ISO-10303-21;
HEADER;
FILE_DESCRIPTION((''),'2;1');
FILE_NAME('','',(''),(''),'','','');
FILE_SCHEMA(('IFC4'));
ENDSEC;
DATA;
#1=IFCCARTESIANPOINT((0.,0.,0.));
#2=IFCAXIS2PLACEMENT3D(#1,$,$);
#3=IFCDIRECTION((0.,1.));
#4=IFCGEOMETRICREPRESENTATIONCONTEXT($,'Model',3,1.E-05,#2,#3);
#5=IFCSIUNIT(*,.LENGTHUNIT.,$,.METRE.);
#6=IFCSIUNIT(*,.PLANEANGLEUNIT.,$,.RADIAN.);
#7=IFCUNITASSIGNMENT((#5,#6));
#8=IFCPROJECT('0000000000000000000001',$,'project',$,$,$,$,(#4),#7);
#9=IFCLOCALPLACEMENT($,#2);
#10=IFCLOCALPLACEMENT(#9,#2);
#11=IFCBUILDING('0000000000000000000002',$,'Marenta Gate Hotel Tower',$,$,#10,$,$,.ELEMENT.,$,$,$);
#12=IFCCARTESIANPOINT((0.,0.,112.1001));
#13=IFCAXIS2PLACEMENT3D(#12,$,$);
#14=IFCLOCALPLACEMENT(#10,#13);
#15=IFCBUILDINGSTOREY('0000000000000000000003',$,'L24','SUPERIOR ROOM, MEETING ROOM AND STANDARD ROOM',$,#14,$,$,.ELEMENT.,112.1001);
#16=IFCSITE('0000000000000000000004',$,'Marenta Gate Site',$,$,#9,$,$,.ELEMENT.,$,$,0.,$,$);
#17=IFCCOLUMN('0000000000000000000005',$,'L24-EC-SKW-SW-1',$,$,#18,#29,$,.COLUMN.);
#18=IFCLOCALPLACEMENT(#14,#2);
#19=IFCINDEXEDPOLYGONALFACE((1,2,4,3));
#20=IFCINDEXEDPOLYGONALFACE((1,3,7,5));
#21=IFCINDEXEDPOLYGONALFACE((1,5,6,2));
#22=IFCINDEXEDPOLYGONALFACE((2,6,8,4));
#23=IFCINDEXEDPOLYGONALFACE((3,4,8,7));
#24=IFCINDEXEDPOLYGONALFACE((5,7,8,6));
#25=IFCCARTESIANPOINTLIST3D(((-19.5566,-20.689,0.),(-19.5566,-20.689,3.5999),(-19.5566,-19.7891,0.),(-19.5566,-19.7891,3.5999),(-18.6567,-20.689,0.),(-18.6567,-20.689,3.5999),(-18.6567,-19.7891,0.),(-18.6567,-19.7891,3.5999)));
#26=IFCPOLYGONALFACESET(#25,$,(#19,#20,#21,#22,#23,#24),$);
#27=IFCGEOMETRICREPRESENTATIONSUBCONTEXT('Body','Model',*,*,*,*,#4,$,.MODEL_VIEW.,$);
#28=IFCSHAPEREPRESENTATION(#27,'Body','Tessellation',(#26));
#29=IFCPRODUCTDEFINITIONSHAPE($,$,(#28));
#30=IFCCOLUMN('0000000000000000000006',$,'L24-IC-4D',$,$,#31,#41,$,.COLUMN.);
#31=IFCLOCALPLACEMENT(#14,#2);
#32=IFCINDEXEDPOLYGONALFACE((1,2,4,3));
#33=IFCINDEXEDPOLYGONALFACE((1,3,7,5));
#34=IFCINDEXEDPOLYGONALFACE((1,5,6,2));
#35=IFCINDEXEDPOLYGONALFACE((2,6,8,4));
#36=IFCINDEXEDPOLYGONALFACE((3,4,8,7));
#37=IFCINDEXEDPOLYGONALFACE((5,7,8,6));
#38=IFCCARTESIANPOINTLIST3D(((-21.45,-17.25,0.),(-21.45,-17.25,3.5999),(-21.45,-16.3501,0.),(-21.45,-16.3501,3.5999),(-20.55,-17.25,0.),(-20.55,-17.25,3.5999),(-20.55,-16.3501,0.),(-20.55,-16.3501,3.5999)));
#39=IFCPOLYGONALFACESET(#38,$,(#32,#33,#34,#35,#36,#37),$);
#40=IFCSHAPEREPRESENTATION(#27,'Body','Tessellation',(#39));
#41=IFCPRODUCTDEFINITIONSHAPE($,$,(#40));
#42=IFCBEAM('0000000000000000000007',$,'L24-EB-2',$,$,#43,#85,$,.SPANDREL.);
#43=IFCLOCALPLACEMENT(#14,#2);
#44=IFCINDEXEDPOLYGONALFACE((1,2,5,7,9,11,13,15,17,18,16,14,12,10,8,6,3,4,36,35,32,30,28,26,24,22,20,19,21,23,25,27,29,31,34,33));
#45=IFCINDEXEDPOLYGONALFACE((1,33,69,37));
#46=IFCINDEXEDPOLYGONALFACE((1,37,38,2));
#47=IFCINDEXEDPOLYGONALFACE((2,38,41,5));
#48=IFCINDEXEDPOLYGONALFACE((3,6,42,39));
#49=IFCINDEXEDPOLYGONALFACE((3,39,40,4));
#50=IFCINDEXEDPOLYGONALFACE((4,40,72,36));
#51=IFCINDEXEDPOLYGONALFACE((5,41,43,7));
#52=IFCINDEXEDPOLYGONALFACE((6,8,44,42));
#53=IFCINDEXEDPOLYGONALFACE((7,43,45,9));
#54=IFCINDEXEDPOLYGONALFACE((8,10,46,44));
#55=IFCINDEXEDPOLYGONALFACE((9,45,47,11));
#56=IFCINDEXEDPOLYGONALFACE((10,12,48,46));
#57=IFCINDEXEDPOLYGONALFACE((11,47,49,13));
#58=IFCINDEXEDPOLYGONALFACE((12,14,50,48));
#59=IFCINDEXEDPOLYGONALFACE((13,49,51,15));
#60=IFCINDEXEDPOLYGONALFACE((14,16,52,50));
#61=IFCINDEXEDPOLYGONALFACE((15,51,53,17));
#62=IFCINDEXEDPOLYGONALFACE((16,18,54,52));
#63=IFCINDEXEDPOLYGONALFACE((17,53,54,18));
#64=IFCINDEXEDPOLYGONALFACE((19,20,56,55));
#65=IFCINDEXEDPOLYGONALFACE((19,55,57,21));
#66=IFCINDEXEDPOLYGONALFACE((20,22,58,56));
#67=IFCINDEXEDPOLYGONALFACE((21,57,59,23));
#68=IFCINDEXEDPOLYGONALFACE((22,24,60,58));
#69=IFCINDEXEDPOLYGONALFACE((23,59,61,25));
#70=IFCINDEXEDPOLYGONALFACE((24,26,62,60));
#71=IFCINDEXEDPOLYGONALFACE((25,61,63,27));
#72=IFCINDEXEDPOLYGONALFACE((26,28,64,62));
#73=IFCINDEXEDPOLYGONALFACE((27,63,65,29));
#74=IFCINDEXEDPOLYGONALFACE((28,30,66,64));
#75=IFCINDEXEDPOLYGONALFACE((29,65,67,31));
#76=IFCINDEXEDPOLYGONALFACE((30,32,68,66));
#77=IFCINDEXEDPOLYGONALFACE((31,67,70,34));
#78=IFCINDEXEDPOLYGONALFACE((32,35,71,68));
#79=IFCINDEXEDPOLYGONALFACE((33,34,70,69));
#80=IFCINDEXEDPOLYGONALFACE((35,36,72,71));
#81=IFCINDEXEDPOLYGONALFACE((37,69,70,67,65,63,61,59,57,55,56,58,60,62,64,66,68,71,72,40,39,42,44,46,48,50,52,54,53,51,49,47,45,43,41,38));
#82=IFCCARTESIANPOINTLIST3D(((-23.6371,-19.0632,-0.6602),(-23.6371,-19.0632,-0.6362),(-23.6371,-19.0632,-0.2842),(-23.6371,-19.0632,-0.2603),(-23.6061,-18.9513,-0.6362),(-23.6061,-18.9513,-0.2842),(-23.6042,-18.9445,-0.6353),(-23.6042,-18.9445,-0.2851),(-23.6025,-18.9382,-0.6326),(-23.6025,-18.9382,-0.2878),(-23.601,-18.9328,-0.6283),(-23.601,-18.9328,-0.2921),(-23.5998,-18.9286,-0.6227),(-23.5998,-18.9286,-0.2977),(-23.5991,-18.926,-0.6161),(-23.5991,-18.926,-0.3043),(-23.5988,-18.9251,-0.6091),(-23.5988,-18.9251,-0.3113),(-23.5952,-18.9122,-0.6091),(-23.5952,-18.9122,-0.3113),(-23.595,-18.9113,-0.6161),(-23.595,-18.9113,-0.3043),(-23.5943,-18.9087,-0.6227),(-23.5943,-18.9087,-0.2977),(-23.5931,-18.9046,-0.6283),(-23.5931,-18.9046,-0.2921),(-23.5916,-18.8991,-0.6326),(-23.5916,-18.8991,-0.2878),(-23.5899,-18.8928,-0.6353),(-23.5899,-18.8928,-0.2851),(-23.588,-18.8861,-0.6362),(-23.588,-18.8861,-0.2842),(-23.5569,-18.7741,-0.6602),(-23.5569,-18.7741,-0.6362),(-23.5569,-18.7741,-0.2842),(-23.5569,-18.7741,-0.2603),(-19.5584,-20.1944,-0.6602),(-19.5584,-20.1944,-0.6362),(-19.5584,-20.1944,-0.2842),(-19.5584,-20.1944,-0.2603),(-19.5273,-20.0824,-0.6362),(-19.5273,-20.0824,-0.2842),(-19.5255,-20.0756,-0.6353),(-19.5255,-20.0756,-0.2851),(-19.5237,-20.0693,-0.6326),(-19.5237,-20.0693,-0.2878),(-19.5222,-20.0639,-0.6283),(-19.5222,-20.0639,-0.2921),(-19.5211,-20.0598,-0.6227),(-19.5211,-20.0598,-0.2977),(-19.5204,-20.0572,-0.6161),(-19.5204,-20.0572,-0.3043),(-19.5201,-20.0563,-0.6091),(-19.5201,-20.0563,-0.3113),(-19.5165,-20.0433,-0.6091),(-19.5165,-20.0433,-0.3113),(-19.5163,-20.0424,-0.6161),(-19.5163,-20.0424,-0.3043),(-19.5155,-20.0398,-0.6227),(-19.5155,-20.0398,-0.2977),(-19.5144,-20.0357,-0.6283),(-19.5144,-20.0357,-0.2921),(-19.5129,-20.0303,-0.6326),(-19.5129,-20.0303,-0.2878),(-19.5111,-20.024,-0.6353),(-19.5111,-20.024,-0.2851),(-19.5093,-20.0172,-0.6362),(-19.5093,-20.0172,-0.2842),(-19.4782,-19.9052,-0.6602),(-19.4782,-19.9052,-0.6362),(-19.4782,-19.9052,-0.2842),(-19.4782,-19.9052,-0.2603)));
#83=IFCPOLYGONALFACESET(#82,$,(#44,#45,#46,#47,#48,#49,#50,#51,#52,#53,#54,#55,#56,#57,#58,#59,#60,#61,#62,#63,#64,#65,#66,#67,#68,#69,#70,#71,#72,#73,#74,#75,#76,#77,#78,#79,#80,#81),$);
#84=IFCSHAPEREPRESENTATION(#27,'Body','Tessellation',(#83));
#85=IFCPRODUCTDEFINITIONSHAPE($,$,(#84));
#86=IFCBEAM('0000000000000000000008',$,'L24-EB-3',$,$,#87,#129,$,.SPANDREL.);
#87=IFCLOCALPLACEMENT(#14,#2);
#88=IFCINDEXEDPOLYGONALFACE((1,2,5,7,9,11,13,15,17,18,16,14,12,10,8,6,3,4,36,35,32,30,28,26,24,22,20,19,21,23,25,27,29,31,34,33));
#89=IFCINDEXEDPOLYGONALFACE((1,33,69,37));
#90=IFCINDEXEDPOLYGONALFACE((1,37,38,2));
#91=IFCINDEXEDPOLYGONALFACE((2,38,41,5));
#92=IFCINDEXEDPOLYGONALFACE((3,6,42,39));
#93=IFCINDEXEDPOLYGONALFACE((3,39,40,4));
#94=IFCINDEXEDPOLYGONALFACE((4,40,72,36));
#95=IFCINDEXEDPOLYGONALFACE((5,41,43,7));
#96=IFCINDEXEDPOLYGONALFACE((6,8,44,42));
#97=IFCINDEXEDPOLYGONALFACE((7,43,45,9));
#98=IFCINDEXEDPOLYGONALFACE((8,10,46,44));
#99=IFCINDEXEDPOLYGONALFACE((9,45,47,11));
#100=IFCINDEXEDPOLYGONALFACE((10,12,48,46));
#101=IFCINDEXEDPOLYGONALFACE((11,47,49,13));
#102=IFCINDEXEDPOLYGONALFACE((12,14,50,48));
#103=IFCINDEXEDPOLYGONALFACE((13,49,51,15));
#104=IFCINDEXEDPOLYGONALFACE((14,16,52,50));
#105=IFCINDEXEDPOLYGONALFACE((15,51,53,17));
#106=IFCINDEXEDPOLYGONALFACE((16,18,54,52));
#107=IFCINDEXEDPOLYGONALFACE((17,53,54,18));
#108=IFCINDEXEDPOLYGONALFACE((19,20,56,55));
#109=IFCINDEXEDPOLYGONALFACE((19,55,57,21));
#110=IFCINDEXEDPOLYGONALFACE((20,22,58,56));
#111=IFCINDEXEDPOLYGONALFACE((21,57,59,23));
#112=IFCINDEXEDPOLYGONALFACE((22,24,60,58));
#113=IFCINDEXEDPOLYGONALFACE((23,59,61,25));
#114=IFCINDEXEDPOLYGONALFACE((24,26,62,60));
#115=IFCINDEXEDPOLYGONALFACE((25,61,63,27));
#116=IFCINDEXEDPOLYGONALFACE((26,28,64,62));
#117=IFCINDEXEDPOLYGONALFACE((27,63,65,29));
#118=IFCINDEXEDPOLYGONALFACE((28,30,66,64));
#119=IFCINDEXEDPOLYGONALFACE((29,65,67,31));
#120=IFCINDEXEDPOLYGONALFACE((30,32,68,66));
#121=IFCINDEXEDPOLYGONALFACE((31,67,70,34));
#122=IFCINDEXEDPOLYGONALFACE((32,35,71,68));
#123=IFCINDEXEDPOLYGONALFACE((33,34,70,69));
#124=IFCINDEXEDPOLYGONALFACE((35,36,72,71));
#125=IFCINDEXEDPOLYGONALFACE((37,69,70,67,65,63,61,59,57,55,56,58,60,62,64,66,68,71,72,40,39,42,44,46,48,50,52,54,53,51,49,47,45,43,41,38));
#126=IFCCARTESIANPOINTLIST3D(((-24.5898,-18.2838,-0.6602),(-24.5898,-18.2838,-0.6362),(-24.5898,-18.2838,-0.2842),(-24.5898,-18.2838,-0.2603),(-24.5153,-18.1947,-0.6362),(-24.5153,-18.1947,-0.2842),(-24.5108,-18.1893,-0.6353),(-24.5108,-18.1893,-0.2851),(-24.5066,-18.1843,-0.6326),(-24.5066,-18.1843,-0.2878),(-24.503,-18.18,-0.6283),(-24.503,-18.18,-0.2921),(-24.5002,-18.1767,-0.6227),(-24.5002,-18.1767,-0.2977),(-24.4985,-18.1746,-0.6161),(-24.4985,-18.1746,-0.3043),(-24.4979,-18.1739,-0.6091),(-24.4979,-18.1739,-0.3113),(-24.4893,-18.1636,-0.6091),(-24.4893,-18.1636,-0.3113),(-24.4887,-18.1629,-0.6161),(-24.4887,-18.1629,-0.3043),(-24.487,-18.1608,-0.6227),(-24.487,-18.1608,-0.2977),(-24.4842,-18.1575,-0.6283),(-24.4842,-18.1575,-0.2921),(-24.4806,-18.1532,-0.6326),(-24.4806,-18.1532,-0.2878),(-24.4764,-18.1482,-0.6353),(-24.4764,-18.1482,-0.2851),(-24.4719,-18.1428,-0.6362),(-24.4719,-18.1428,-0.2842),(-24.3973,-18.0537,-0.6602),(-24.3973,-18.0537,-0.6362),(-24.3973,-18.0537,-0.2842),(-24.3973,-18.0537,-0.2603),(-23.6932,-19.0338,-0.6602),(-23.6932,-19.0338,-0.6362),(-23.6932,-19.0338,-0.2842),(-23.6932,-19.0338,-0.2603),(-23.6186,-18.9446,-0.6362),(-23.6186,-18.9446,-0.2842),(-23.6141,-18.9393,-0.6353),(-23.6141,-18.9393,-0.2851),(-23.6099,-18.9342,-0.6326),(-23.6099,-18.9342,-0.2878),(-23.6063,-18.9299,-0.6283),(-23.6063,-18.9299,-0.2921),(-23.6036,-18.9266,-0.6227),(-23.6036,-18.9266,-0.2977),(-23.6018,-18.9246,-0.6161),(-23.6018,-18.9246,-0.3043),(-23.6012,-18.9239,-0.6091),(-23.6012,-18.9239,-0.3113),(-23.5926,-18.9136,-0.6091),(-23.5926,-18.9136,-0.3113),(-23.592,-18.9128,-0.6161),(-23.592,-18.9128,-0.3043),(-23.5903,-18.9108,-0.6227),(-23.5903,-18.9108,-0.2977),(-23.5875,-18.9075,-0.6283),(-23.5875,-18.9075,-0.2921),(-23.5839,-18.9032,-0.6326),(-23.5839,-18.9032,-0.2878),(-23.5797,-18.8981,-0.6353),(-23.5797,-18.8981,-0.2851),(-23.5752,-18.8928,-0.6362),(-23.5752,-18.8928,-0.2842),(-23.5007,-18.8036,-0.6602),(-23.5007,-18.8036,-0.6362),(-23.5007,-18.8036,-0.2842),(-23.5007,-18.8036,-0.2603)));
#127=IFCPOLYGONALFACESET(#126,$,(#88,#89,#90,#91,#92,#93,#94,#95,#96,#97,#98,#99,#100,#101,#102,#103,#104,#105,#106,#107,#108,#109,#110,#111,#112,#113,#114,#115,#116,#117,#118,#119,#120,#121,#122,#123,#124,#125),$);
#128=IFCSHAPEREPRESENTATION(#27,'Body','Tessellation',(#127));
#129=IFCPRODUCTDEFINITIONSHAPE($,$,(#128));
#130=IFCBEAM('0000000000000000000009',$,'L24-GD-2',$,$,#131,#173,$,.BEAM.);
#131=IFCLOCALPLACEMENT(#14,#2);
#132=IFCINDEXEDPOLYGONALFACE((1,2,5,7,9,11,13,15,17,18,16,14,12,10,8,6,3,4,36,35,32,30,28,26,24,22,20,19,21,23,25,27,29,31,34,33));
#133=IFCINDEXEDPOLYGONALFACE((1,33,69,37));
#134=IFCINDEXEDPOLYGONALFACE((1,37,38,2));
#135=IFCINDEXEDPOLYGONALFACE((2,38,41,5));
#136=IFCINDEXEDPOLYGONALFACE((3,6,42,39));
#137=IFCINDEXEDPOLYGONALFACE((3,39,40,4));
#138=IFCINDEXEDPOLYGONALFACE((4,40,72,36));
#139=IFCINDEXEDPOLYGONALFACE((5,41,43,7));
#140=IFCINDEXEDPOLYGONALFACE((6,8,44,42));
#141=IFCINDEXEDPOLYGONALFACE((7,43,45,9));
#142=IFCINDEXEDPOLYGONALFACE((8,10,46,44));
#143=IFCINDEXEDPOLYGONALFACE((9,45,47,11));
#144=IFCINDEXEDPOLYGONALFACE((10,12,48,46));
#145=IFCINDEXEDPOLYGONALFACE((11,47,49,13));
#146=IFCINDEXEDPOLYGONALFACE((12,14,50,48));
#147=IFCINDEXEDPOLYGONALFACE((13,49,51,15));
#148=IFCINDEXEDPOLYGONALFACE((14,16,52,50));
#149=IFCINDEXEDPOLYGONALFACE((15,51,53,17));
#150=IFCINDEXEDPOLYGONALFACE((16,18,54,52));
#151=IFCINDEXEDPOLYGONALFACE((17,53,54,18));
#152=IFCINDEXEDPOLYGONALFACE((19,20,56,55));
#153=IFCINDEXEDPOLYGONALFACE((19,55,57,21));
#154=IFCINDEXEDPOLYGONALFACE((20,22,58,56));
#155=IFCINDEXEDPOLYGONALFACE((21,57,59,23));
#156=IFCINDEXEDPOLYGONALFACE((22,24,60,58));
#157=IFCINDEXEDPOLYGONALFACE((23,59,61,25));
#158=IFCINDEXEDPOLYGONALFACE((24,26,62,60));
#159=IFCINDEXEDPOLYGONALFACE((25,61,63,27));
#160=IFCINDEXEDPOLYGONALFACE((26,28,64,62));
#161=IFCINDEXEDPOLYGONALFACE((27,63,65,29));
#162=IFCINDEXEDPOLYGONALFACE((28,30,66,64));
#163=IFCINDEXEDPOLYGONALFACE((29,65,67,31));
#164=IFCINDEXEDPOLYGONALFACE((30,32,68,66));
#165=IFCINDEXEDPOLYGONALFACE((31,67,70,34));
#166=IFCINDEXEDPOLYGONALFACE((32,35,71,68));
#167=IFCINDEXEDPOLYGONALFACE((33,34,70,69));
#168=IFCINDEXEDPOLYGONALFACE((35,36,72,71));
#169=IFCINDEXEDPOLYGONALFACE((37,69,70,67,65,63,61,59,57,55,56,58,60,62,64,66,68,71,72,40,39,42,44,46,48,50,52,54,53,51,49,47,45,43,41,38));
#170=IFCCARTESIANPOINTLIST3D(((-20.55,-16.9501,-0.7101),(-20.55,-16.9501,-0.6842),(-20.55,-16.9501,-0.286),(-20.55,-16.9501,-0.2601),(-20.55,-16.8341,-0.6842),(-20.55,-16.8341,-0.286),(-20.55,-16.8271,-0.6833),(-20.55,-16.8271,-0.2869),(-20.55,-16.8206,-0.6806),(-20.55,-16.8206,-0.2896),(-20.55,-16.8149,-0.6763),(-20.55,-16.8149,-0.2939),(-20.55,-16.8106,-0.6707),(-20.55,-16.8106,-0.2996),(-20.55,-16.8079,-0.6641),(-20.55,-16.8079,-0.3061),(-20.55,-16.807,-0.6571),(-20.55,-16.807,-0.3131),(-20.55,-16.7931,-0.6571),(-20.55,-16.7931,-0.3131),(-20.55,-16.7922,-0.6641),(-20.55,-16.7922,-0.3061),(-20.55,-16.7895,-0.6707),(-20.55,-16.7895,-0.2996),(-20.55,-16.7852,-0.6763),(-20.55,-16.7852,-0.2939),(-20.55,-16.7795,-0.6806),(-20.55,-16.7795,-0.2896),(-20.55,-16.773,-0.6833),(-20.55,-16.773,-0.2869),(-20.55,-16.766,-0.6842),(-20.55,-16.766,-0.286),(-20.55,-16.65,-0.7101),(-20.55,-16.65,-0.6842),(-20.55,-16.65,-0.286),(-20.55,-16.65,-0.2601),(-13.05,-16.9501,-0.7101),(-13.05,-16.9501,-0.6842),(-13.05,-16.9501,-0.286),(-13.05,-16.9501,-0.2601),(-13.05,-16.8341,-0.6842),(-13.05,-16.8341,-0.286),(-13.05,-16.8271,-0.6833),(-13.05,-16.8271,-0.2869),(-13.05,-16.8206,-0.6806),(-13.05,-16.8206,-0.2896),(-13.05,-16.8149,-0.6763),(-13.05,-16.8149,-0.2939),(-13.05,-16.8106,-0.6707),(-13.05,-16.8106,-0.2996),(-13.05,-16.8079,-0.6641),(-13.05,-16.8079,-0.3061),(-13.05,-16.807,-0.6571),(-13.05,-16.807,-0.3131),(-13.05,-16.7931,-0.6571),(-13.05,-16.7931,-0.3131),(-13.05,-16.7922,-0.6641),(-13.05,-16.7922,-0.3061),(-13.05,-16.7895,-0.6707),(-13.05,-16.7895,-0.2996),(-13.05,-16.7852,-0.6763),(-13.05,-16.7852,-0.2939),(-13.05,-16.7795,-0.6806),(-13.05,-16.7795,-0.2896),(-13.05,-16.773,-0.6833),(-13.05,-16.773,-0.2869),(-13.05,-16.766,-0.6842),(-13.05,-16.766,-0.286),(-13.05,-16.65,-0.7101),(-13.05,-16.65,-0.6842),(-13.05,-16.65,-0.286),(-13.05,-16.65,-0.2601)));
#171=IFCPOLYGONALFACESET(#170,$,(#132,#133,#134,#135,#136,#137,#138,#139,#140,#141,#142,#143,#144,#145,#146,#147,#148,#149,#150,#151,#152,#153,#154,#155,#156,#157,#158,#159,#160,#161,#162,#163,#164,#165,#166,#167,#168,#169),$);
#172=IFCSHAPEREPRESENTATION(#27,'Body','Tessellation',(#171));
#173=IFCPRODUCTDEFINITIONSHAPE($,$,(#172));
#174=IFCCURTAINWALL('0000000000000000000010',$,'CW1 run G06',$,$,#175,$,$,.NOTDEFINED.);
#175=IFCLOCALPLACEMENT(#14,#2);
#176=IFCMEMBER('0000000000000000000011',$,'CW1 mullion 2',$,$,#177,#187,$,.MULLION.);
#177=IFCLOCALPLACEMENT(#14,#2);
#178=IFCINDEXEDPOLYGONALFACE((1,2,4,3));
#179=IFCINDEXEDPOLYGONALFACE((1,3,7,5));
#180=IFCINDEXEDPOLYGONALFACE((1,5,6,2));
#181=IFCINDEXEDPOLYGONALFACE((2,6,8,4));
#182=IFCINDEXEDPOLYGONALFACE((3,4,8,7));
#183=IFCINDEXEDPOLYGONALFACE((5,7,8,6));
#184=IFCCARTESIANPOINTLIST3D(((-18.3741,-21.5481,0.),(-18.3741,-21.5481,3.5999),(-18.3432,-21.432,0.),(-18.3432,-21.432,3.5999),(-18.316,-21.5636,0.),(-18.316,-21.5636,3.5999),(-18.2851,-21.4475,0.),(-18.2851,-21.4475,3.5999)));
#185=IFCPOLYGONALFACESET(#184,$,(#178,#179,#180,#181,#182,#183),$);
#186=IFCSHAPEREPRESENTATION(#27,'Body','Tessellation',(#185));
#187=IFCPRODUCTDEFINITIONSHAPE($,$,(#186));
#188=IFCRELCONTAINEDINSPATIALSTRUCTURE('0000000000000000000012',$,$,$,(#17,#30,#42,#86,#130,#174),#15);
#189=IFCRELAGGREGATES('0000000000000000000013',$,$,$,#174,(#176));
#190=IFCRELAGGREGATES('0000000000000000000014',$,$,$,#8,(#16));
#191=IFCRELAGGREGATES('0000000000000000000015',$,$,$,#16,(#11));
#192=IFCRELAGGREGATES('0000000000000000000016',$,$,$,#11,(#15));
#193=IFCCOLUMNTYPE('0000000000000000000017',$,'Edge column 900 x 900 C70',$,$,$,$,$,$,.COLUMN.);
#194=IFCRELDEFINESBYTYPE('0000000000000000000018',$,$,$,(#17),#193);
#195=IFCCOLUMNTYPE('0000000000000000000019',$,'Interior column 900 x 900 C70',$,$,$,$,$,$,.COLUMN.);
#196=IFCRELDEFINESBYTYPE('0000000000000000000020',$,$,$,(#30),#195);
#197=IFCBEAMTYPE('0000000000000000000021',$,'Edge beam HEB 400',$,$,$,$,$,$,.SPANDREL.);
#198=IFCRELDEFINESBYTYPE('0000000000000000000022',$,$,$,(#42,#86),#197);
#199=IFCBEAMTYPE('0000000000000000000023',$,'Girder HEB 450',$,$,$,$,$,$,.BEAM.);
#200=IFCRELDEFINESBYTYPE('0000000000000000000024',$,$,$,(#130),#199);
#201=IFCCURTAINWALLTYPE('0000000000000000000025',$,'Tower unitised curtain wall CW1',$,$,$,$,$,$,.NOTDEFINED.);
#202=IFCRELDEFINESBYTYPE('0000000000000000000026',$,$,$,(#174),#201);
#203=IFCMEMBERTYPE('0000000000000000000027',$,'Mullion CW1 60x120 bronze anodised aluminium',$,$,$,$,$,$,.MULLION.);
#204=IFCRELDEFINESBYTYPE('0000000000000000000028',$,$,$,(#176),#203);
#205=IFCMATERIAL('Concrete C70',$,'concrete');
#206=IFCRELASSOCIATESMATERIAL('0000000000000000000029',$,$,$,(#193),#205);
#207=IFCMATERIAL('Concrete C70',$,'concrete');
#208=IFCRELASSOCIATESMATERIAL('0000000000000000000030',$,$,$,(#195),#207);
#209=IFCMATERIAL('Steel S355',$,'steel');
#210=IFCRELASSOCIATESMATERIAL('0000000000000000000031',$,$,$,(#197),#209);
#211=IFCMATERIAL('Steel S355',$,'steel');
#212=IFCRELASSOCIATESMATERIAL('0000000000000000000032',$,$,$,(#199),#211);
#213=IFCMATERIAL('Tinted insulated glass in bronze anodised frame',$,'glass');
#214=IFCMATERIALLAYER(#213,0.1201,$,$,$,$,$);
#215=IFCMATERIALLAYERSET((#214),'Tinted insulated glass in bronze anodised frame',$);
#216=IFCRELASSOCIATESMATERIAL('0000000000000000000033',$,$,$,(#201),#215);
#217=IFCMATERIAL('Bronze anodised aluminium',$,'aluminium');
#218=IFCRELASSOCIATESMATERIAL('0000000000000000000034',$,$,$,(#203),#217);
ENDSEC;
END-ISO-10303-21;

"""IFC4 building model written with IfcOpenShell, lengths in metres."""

from ifc_helpers import new_model, si_unit, direction, frame, origin, origin_2d, place, context, subcontext, project, spatial, rectangle, i_section, extrude, material, layer, layer_set, material_profile, profile_set, type_object, element, aggregate, save


model = new_model("IFC4")

# Units and contexts
model_context = context("Model", 3, precision=1e-05, world=origin(), true_north=direction((0.0, 1.0)))
body_context = subcontext(model_context, "Body", "Model", "MODEL_VIEW")
ifc_project = project(units=[si_unit("LENGTHUNIT", "METRE"), si_unit("PLANEANGLEUNIT", "RADIAN")], contexts=[model_context])

# Site, building, storey
site_placement = place(None, origin())
site = spatial("IfcSite", under=ifc_project, at=site_placement, Name="Marenta Gate Site", CompositionType="ELEMENT", RefElevation=0.0)
building_placement = place(site_placement, origin())
building = spatial("IfcBuilding", under=site, at=building_placement, Name="Marenta Gate Hotel Tower", CompositionType="ELEMENT")
storey_placement = place(building_placement, frame((0.0, 0.0, 112.1001)))
storey = spatial("IfcBuildingStorey", under=building, at=storey_placement, Name="L24", Description="SUPERIOR ROOM, MEETING ROOM AND STANDARD ROOM", CompositionType="ELEMENT", Elevation=112.1001)

# Columns
ifc_material_1 = material(Name="Concrete C70", Category="concrete")
ifc_material_profile_1 = material_profile(ifc_material_1, rectangle(XDim=0.8999, YDim=0.8999, at=origin_2d()), Name="900 x 900")
ifc_profile_set_1 = profile_set([ifc_material_profile_1], Name="Concrete C70")
column_type_1 = type_object("IfcColumnType", Name="Edge column 900 x 900 C70", PredefinedType="COLUMN", material=ifc_profile_set_1)
column_1_placement = place(storey_placement, frame((-19.1067, -20.239, 0.0), z_axis=(0.0, 0.0, 1.0), x_axis=(1.0, 0.0, 0.0)))
element("IfcColumn", 1, at=column_1_placement, inside=storey, type_object=column_type_1, Name="L24-EC-SKW-SW-1", PredefinedType="COLUMN", context=body_context, shape_type="SweptSolid", body=[
    extrude(rectangle(XDim=0.8999, YDim=0.8999, at=origin_2d()), origin(), (0.0, 0.0, 1.0), 3.5999),
])
ifc_material_2 = material(Name="Concrete C70", Category="concrete")
ifc_material_profile_2 = material_profile(ifc_material_2, rectangle(XDim=0.8999, YDim=0.8999, at=origin_2d()), Name="900 x 900")
ifc_profile_set_2 = profile_set([ifc_material_profile_2], Name="Concrete C70")
column_type_2 = type_object("IfcColumnType", Name="Interior column 900 x 900 C70", PredefinedType="COLUMN", material=ifc_profile_set_2)
column_2_placement = place(storey_placement, frame((-21.0, -16.8, 0.0), z_axis=(0.0, 0.0, 1.0), x_axis=(1.0, 0.0, 0.0)))
element("IfcColumn", 2, at=column_2_placement, inside=storey, type_object=column_type_2, Name="L24-IC-4D", PredefinedType="COLUMN", context=body_context, shape_type="SweptSolid", body=[
    extrude(rectangle(XDim=0.8999, YDim=0.8999, at=origin_2d()), origin(), (0.0, 0.0, 1.0), 3.5999),
])

# Beams
ifc_material_3 = material(Name="Steel S355", Category="steel")
ifc_material_profile_3 = material_profile(ifc_material_3, i_section(OverallWidth=0.3, OverallDepth=0.3999, WebThickness=0.0134, FlangeThickness=0.0239, FilletRadius=0.0271, at=origin_2d()), Name="HEB 400")
ifc_profile_set_3 = profile_set([ifc_material_profile_3], Name="Steel S355")
beam_type_1 = type_object("IfcBeamType", Name="Edge beam HEB 400", PredefinedType="SPANDREL", material=ifc_profile_set_3)
beam_1_placement = place(storey_placement, frame((-19.5183, -20.0498, -0.4602), z_axis=(-0.96363, 0.267239, 0.0), x_axis=(-0.267239, -0.96363, 0.0)))
element("IfcBeam", 3, at=beam_1_placement, inside=storey, type_object=beam_type_1, Name="L24-EB-2", PredefinedType="SPANDREL", context=body_context, shape_type="SweptSolid", body=[
    extrude(i_section(OverallWidth=0.3, OverallDepth=0.3999, WebThickness=0.0134, FlangeThickness=0.0239, FilletRadius=0.0271, at=origin_2d()), origin(), (0.0, 0.0, 1.0), 4.2327),
])
beam_2_placement = place(storey_placement, frame((-23.5969, -18.9187, -0.4602), z_axis=(-0.767073, 0.64156, 0.0), x_axis=(-0.64156, -0.767073, 0.0)))
element("IfcBeam", 4, at=beam_2_placement, inside=storey, type_object=beam_type_1, Name="L24-EB-3", PredefinedType="SPANDREL", context=body_context, shape_type="SweptSolid", body=[
    extrude(i_section(OverallWidth=0.3, OverallDepth=0.3999, WebThickness=0.0134, FlangeThickness=0.0239, FilletRadius=0.0271, at=origin_2d()), origin(), (0.0, 0.0, 1.0), 1.1689),
])
ifc_material_4 = material(Name="Steel S355", Category="steel")
ifc_material_profile_4 = material_profile(ifc_material_4, i_section(OverallWidth=0.3, OverallDepth=0.45, WebThickness=0.0139, FlangeThickness=0.0259, FilletRadius=0.0271, at=origin_2d()), Name="HEB 450")
ifc_profile_set_4 = profile_set([ifc_material_profile_4], Name="Steel S355")
beam_type_2 = type_object("IfcBeamType", Name="Girder HEB 450", PredefinedType="BEAM", material=ifc_profile_set_4)
beam_3_placement = place(storey_placement, frame((-20.55, -16.8, -0.4851), z_axis=(1.0, 0.0, 0.0), x_axis=(0.0, 1.0, 0.0)))
element("IfcBeam", 5, at=beam_3_placement, inside=storey, type_object=beam_type_2, Name="L24-GD-2", PredefinedType="BEAM", context=body_context, shape_type="SweptSolid", body=[
    extrude(i_section(OverallWidth=0.3, OverallDepth=0.45, WebThickness=0.0139, FlangeThickness=0.0259, FilletRadius=0.0271, at=origin_2d()), origin(), (0.0, 0.0, 1.0), 7.5),
])

# Curtain wall, member
ifc_material_5 = material(Name="Tinted insulated glass in bronze anodised frame", Category="glass")
ifc_layer_1 = layer(ifc_material_5, 0.1201)
ifc_layer_set_1 = layer_set([ifc_layer_1], Name="Tinted insulated glass in bronze anodised frame")
curtain_wall_type = type_object("IfcCurtainWallType", Name="Tower unitised curtain wall CW1", PredefinedType="NOTDEFINED", material=ifc_layer_set_1)
curtain_wall_placement = place(storey_placement, origin())
curtain_wall = element("IfcCurtainWall", 6, at=curtain_wall_placement, inside=storey, type_object=curtain_wall_type, Name="CW1 run G06", PredefinedType="NOTDEFINED")
ifc_material_6 = material(Name="Bronze anodised aluminium", Category="aluminium")
ifc_material_profile_5 = material_profile(ifc_material_6, rectangle(XDim=0.1201, YDim=0.0601, at=origin_2d()), Name="Mullion CW1 60x120 bronze anodised aluminium")
ifc_profile_set_5 = profile_set([ifc_material_profile_5], Name="Bronze anodised aluminium")
member_type_1 = type_object("IfcMemberType", Name="Mullion CW1 60x120 bronze anodised aluminium", PredefinedType="MULLION", material=ifc_profile_set_5)
member_1_placement = place(storey_placement, frame((-18.3296, -21.4978, 0.0), z_axis=(0.0, 0.0, 1.0), x_axis=(0.257144, 0.966373, 0.0)))
member_1 = element("IfcMember", 7, at=member_1_placement, type_object=member_type_1, Name="CW1 mullion 2", PredefinedType="MULLION", context=body_context, shape_type="SweptSolid", body=[
    extrude(rectangle(XDim=0.1201, YDim=0.0601, at=origin_2d()), origin(), (0.0, 0.0, 1.0), 3.5999),
])
aggregate(curtain_wall, [member_1])

save(model, "model.ifc")
